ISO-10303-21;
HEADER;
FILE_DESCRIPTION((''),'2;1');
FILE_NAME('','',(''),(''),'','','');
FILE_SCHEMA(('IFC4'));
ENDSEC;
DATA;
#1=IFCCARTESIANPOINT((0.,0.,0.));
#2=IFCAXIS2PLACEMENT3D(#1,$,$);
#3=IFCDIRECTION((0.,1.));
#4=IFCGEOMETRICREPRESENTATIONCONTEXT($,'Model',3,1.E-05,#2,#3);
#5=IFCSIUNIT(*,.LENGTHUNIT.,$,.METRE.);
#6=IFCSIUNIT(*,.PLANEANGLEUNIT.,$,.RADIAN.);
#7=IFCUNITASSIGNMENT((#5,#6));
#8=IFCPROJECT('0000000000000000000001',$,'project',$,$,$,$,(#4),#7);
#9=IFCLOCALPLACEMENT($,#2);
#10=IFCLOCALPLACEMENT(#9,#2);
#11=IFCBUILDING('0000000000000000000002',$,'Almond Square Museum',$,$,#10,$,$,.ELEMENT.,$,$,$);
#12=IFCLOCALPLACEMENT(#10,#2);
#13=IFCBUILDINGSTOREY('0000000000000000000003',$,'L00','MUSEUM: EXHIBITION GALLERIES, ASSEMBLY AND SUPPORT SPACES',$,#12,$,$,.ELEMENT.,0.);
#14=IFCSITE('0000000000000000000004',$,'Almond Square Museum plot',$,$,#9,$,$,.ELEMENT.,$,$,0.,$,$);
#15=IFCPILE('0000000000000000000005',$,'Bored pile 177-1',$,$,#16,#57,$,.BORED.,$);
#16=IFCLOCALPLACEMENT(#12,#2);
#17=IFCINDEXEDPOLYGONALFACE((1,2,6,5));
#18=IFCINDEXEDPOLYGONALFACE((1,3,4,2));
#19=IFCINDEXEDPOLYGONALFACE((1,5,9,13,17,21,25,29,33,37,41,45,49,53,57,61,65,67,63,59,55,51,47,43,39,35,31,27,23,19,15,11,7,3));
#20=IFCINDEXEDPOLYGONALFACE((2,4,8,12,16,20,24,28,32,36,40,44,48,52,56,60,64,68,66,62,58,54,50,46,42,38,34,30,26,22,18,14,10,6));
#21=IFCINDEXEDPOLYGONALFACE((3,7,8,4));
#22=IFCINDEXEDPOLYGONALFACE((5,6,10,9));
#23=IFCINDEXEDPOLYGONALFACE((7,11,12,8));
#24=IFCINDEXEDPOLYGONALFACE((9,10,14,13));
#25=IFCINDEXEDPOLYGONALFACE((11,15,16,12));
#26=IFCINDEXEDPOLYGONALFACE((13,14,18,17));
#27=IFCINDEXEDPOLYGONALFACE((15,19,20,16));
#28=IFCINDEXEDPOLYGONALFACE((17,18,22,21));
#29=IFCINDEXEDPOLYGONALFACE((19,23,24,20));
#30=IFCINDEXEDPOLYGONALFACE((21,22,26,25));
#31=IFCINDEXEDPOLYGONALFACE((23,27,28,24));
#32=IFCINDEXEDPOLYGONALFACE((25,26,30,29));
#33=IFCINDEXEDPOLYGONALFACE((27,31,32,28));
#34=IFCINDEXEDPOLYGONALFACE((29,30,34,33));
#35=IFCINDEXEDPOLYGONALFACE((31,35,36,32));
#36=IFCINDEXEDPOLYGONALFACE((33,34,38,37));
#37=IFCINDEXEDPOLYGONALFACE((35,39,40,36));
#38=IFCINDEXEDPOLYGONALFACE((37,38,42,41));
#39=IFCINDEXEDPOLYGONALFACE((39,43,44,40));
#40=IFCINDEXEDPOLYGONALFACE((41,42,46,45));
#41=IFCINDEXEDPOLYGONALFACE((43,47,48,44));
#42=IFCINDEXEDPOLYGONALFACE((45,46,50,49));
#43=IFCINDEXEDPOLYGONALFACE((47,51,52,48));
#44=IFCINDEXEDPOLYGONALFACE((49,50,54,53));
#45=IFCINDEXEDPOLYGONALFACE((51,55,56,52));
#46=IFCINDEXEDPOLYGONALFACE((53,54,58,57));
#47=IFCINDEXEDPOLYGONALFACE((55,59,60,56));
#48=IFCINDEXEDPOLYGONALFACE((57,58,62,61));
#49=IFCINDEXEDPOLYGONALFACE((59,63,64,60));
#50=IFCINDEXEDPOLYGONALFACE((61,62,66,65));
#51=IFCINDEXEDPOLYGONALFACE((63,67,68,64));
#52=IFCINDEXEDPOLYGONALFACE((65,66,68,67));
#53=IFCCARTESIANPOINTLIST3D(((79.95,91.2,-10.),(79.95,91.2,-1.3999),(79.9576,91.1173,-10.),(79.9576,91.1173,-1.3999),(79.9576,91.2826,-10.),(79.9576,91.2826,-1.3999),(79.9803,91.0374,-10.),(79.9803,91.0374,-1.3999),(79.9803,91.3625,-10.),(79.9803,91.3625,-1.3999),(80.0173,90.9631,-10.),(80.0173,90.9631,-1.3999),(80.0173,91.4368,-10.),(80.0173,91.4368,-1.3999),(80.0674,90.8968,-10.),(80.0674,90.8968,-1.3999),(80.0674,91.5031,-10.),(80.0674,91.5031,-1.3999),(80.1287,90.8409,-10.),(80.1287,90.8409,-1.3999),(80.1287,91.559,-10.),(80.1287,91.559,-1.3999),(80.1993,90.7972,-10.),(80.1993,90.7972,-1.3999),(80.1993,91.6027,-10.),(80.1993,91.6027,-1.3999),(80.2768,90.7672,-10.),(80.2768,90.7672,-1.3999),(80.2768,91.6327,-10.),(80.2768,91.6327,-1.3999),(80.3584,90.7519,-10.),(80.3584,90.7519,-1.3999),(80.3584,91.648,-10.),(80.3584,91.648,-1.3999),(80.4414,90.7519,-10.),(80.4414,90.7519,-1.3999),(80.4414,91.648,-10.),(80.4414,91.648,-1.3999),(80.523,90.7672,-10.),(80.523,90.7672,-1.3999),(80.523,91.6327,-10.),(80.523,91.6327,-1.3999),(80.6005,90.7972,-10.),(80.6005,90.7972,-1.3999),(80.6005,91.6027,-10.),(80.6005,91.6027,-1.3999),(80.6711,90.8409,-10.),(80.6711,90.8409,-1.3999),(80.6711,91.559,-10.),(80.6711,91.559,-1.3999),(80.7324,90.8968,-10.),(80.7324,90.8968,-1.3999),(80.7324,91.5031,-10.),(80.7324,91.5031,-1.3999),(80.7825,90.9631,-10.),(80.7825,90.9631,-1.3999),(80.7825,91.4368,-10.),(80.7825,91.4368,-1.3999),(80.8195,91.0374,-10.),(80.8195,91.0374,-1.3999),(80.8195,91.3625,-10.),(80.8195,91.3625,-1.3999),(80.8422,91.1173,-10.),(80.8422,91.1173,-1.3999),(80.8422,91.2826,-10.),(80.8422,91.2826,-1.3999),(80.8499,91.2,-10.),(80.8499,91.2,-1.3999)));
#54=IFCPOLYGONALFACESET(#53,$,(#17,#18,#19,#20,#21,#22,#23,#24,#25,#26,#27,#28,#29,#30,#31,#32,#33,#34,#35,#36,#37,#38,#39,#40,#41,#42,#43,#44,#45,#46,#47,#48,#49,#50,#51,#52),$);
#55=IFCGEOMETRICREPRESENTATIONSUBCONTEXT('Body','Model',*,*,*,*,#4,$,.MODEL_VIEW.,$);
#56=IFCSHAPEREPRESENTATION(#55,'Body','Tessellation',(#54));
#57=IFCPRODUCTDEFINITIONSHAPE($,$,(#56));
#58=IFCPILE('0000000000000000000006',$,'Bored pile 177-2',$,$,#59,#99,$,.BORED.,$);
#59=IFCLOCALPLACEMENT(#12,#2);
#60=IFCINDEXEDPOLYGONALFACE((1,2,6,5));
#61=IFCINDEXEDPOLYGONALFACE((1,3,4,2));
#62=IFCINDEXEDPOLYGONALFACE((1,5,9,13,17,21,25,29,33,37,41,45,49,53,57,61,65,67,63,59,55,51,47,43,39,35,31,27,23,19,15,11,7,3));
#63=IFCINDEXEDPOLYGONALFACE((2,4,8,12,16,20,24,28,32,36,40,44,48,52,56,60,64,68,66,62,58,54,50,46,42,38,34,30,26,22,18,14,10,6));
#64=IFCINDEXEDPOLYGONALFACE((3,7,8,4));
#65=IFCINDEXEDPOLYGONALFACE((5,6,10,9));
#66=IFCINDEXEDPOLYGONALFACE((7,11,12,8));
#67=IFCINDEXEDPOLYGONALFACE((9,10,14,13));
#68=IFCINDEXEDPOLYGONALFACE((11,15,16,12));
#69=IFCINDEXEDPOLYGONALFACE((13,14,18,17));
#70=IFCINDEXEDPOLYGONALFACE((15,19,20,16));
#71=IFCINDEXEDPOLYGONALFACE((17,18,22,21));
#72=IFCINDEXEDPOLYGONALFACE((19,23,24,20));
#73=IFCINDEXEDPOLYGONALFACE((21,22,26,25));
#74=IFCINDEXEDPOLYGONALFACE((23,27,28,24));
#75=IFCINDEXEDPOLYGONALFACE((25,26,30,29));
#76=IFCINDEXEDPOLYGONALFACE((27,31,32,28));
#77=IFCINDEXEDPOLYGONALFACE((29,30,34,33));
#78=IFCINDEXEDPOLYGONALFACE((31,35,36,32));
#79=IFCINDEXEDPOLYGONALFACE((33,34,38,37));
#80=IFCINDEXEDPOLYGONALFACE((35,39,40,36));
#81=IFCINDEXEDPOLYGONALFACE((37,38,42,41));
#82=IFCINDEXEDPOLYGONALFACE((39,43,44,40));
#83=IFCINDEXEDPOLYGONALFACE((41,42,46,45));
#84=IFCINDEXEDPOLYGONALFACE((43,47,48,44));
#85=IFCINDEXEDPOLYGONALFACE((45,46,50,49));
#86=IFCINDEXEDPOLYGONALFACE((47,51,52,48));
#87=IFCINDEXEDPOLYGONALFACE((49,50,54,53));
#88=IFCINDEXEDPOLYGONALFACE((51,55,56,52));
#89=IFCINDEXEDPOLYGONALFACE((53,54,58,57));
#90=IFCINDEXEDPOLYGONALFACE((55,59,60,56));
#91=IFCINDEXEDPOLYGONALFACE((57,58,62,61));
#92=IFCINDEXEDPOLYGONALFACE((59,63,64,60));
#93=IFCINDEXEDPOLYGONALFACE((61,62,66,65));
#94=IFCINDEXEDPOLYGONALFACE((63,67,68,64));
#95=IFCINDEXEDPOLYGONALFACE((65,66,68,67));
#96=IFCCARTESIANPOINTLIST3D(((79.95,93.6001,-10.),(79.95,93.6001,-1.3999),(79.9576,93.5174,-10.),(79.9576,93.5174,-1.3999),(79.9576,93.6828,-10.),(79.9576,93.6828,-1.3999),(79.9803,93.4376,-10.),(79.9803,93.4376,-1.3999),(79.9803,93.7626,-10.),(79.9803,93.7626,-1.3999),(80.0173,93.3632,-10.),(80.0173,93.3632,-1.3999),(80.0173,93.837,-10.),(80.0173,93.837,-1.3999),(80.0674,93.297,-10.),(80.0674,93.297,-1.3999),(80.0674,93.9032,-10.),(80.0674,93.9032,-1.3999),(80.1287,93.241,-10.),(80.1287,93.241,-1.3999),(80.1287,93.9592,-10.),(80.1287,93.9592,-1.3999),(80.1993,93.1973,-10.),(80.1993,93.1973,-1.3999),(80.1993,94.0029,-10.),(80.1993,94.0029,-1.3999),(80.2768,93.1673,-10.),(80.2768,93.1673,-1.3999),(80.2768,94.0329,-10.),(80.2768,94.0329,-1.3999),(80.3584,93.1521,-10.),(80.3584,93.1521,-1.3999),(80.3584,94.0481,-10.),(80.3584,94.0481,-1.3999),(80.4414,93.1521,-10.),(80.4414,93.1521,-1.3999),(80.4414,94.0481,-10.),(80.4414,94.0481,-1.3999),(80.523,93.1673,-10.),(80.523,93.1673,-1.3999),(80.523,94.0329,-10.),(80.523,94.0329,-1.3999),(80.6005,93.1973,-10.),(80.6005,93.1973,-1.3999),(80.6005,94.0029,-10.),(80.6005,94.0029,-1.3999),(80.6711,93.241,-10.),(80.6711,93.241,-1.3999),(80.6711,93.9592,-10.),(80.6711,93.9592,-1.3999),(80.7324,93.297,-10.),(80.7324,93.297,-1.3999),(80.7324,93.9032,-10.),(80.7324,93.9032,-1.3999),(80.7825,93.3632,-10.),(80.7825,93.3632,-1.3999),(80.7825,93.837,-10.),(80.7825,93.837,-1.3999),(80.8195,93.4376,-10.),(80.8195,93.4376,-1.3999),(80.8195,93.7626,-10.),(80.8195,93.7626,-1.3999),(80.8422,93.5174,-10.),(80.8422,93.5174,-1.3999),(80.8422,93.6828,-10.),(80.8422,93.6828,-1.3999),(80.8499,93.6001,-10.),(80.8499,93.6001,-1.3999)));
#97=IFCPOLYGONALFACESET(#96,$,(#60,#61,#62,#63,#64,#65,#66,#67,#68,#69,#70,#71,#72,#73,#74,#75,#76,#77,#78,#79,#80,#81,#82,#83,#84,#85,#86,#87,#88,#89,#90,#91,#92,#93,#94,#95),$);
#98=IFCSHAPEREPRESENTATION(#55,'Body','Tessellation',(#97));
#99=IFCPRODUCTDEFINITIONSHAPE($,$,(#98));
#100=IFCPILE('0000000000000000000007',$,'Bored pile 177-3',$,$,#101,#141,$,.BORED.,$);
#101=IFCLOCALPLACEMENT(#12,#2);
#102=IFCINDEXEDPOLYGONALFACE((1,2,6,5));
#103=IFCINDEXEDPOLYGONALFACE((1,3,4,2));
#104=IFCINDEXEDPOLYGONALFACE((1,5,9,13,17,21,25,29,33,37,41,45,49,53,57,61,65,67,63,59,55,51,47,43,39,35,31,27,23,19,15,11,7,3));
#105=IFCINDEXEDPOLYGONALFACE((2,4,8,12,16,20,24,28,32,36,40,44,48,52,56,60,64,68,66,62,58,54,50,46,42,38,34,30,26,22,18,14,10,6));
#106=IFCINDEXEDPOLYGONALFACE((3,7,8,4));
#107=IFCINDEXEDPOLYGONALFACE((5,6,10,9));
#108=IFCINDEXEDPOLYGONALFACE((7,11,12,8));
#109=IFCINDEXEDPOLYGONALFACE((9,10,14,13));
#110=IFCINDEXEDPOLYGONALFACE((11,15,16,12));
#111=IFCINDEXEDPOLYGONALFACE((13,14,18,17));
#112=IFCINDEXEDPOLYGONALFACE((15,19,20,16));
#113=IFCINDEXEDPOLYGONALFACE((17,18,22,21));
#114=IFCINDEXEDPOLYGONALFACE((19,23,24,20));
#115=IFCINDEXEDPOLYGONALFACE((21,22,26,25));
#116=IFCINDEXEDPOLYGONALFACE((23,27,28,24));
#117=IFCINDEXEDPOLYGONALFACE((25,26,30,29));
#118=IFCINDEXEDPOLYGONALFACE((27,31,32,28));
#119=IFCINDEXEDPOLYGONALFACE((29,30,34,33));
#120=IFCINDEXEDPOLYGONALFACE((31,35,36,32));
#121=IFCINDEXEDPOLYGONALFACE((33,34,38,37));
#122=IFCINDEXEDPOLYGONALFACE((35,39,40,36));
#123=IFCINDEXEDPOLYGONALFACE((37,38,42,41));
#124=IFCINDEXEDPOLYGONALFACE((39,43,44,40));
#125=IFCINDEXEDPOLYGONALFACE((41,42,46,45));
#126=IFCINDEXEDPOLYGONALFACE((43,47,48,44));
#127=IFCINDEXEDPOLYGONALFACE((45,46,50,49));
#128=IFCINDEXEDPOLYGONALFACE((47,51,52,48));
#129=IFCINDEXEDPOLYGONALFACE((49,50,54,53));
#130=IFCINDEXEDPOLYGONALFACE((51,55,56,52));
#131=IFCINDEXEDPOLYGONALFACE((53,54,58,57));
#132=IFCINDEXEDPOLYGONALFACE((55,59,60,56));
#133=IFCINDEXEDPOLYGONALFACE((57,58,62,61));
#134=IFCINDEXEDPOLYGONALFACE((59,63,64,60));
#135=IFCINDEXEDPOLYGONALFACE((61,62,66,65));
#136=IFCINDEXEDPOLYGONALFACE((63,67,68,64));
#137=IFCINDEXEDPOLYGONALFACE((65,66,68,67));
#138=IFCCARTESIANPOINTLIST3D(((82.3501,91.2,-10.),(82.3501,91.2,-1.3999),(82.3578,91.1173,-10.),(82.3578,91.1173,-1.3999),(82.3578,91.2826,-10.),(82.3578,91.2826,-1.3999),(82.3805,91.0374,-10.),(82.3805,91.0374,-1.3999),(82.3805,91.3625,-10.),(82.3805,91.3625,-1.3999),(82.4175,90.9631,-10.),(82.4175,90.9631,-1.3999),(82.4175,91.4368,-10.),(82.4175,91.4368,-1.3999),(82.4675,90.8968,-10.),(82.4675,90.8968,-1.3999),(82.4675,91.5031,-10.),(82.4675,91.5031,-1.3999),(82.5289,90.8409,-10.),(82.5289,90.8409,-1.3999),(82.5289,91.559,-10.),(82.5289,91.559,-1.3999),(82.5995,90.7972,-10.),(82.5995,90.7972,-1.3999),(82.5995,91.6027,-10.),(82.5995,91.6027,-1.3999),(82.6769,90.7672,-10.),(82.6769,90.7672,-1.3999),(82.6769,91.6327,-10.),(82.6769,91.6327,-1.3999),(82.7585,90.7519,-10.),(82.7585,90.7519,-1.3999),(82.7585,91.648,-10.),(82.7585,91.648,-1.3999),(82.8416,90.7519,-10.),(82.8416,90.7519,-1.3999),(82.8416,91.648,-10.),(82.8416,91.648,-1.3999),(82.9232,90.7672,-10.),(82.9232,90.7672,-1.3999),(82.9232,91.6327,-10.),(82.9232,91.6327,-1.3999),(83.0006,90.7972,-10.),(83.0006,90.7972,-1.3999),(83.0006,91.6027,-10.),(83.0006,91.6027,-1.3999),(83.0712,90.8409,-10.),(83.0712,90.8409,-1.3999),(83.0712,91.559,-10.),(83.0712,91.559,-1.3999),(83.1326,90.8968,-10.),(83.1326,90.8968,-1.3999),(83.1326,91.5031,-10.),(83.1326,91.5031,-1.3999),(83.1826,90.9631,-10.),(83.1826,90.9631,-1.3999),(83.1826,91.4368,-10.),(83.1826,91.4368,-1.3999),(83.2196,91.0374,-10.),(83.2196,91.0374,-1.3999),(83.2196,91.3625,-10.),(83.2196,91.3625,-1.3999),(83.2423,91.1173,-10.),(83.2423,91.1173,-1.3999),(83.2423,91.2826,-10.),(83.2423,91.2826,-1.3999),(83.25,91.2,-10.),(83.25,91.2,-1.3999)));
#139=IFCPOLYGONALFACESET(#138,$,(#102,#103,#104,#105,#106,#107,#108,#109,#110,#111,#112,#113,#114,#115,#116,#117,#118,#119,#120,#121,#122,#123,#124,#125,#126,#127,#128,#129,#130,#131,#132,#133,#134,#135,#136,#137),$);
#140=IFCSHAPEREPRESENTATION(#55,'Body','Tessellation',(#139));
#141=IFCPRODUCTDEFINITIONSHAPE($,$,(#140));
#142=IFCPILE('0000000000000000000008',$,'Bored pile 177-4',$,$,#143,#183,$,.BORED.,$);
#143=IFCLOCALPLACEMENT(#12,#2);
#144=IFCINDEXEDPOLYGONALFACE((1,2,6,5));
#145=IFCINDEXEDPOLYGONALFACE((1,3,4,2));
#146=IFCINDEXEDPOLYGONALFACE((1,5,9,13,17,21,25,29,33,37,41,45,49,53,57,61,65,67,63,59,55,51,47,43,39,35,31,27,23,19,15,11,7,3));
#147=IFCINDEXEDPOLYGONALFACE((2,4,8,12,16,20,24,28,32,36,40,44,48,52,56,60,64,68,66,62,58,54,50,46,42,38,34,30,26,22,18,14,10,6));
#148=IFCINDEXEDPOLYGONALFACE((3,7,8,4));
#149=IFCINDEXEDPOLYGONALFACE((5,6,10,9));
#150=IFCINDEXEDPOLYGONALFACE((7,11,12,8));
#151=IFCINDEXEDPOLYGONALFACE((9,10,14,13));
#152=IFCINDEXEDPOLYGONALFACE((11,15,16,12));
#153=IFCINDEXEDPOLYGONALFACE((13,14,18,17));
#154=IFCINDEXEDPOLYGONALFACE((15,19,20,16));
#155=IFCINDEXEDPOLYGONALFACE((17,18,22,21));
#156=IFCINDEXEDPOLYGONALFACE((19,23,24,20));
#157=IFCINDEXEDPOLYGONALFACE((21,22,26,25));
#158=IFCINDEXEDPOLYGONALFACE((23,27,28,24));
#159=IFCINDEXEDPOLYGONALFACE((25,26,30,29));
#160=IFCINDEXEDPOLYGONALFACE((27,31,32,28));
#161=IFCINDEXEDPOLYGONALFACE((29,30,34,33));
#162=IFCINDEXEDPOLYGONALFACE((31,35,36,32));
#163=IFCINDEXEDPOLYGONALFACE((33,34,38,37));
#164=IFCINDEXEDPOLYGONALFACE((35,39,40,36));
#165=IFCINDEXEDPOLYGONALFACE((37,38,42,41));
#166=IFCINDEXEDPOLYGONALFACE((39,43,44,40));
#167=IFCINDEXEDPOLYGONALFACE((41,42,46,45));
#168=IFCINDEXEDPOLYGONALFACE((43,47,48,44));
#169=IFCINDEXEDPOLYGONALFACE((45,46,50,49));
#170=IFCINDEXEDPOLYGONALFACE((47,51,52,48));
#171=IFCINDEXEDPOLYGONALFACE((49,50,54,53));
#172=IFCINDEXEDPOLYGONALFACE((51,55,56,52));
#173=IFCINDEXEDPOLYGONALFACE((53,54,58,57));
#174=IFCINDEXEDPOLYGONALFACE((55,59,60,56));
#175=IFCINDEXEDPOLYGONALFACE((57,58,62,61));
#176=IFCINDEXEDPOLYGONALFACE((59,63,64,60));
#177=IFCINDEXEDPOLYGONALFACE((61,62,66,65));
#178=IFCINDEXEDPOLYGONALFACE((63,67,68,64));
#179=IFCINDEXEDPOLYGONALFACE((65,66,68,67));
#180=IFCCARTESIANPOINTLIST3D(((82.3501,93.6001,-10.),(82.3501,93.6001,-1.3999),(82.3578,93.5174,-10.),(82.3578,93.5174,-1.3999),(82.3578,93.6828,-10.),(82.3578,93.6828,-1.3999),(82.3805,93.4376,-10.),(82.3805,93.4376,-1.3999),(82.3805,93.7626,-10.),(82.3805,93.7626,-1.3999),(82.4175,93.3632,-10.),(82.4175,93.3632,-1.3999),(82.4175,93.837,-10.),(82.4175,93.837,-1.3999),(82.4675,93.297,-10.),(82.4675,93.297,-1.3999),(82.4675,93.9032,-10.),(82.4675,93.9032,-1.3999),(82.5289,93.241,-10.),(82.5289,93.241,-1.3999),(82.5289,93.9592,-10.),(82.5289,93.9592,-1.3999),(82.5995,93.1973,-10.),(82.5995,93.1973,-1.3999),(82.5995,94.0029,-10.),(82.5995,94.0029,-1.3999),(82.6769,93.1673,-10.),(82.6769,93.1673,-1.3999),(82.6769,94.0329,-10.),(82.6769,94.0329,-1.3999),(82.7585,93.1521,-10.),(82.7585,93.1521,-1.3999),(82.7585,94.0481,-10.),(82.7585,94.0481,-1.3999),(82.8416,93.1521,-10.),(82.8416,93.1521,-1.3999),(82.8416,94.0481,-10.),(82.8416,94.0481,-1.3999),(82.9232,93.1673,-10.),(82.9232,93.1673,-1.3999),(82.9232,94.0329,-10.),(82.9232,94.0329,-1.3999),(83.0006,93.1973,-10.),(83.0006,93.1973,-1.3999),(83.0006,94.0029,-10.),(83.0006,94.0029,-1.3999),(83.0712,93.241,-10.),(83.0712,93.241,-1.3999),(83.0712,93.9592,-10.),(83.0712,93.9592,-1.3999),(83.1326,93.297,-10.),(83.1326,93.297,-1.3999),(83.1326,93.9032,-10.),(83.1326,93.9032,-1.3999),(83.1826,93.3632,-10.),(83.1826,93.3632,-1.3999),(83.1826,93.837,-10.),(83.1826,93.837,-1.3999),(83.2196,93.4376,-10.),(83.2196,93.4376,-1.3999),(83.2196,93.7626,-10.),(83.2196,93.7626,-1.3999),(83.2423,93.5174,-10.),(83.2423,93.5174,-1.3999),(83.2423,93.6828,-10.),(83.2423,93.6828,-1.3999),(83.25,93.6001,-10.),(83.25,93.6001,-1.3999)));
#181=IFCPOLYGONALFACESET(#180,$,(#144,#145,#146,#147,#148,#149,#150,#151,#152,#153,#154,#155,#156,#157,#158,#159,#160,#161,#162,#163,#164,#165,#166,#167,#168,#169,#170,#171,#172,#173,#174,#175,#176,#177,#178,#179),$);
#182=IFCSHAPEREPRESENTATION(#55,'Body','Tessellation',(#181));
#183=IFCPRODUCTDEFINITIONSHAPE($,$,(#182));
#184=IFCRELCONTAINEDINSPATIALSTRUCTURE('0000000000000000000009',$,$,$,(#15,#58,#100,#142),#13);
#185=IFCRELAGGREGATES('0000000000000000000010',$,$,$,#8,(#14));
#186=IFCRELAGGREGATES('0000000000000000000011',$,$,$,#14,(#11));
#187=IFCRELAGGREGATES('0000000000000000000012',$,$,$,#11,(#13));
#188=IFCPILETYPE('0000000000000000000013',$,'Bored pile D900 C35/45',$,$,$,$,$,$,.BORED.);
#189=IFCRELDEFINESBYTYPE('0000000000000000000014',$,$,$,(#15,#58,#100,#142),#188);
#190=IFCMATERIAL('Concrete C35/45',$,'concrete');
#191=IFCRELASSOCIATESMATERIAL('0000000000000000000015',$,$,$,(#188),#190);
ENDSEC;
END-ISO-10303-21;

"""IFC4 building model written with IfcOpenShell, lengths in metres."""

from ifc_helpers import new_model, si_unit, direction, frame, origin, origin_2d, place, context, subcontext, project, spatial, circle, extrude, material, material_profile, profile_set, type_object, element, save


model = new_model("IFC4")

# Units and contexts
model_context = context("Model", 3, precision=1e-05, world=origin(), true_north=direction((0.0, 1.0)))
body_context = subcontext(model_context, "Body", "Model", "MODEL_VIEW")
ifc_project = project(units=[si_unit("LENGTHUNIT", "METRE"), si_unit("PLANEANGLEUNIT", "RADIAN")], contexts=[model_context])

# Site, building, storey
site_placement = place(None, origin())
site = spatial("IfcSite", under=ifc_project, at=site_placement, Name="Almond Square Museum plot", CompositionType="ELEMENT", RefElevation=0.0)
building_placement = place(site_placement, origin())
building = spatial("IfcBuilding", under=site, at=building_placement, Name="Almond Square Museum", CompositionType="ELEMENT")
storey_placement = place(building_placement, origin())
storey = spatial("IfcBuildingStorey", under=building, at=storey_placement, Name="L00", Description="MUSEUM: EXHIBITION GALLERIES, ASSEMBLY AND SUPPORT SPACES", CompositionType="ELEMENT", Elevation=0.0)

# Piles
ifc_material_1 = material(Name="Concrete C35/45", Category="concrete")
ifc_material_profile_1 = material_profile(ifc_material_1, circle(Radius=0.45, at=origin_2d()))
ifc_profile_set_1 = profile_set([ifc_material_profile_1], Name="Concrete C35/45")
pile_type = type_object("IfcPileType", Name="Bored pile D900 C35/45", PredefinedType="BORED", material=ifc_profile_set_1)
for number, where, z_axis, x_axis, name in (
    (1, (80.3999, 91.2, -1.3999), (0.0, 0.0, -1.0), (1.0, 0.0, 0.0), "Bored pile 177-1"),
    (2, (80.3999, 93.6001, -1.3999), (0.0, 0.0, -1.0), (1.0, 0.0, 0.0), "Bored pile 177-2"),
    (3, (82.8, 91.2, -1.3999), (0.0, 0.0, -1.0), (1.0, 0.0, 0.0), "Bored pile 177-3"),
    (4, (82.8, 93.6001, -1.3999), (0.0, 0.0, -1.0), (1.0, 0.0, 0.0), "Bored pile 177-4"),
):
    element("IfcPile", number, at=place(storey_placement, frame(where, z_axis=z_axis, x_axis=x_axis)), inside=storey, type_object=pile_type, Name=name, PredefinedType="BORED", context=body_context, shape_type="SweptSolid", body=[
        extrude(circle(Radius=0.45, at=origin_2d()), origin(), (0.0, 0.0, 1.0), 8.6001),
    ])

save(model, "model.ifc")
